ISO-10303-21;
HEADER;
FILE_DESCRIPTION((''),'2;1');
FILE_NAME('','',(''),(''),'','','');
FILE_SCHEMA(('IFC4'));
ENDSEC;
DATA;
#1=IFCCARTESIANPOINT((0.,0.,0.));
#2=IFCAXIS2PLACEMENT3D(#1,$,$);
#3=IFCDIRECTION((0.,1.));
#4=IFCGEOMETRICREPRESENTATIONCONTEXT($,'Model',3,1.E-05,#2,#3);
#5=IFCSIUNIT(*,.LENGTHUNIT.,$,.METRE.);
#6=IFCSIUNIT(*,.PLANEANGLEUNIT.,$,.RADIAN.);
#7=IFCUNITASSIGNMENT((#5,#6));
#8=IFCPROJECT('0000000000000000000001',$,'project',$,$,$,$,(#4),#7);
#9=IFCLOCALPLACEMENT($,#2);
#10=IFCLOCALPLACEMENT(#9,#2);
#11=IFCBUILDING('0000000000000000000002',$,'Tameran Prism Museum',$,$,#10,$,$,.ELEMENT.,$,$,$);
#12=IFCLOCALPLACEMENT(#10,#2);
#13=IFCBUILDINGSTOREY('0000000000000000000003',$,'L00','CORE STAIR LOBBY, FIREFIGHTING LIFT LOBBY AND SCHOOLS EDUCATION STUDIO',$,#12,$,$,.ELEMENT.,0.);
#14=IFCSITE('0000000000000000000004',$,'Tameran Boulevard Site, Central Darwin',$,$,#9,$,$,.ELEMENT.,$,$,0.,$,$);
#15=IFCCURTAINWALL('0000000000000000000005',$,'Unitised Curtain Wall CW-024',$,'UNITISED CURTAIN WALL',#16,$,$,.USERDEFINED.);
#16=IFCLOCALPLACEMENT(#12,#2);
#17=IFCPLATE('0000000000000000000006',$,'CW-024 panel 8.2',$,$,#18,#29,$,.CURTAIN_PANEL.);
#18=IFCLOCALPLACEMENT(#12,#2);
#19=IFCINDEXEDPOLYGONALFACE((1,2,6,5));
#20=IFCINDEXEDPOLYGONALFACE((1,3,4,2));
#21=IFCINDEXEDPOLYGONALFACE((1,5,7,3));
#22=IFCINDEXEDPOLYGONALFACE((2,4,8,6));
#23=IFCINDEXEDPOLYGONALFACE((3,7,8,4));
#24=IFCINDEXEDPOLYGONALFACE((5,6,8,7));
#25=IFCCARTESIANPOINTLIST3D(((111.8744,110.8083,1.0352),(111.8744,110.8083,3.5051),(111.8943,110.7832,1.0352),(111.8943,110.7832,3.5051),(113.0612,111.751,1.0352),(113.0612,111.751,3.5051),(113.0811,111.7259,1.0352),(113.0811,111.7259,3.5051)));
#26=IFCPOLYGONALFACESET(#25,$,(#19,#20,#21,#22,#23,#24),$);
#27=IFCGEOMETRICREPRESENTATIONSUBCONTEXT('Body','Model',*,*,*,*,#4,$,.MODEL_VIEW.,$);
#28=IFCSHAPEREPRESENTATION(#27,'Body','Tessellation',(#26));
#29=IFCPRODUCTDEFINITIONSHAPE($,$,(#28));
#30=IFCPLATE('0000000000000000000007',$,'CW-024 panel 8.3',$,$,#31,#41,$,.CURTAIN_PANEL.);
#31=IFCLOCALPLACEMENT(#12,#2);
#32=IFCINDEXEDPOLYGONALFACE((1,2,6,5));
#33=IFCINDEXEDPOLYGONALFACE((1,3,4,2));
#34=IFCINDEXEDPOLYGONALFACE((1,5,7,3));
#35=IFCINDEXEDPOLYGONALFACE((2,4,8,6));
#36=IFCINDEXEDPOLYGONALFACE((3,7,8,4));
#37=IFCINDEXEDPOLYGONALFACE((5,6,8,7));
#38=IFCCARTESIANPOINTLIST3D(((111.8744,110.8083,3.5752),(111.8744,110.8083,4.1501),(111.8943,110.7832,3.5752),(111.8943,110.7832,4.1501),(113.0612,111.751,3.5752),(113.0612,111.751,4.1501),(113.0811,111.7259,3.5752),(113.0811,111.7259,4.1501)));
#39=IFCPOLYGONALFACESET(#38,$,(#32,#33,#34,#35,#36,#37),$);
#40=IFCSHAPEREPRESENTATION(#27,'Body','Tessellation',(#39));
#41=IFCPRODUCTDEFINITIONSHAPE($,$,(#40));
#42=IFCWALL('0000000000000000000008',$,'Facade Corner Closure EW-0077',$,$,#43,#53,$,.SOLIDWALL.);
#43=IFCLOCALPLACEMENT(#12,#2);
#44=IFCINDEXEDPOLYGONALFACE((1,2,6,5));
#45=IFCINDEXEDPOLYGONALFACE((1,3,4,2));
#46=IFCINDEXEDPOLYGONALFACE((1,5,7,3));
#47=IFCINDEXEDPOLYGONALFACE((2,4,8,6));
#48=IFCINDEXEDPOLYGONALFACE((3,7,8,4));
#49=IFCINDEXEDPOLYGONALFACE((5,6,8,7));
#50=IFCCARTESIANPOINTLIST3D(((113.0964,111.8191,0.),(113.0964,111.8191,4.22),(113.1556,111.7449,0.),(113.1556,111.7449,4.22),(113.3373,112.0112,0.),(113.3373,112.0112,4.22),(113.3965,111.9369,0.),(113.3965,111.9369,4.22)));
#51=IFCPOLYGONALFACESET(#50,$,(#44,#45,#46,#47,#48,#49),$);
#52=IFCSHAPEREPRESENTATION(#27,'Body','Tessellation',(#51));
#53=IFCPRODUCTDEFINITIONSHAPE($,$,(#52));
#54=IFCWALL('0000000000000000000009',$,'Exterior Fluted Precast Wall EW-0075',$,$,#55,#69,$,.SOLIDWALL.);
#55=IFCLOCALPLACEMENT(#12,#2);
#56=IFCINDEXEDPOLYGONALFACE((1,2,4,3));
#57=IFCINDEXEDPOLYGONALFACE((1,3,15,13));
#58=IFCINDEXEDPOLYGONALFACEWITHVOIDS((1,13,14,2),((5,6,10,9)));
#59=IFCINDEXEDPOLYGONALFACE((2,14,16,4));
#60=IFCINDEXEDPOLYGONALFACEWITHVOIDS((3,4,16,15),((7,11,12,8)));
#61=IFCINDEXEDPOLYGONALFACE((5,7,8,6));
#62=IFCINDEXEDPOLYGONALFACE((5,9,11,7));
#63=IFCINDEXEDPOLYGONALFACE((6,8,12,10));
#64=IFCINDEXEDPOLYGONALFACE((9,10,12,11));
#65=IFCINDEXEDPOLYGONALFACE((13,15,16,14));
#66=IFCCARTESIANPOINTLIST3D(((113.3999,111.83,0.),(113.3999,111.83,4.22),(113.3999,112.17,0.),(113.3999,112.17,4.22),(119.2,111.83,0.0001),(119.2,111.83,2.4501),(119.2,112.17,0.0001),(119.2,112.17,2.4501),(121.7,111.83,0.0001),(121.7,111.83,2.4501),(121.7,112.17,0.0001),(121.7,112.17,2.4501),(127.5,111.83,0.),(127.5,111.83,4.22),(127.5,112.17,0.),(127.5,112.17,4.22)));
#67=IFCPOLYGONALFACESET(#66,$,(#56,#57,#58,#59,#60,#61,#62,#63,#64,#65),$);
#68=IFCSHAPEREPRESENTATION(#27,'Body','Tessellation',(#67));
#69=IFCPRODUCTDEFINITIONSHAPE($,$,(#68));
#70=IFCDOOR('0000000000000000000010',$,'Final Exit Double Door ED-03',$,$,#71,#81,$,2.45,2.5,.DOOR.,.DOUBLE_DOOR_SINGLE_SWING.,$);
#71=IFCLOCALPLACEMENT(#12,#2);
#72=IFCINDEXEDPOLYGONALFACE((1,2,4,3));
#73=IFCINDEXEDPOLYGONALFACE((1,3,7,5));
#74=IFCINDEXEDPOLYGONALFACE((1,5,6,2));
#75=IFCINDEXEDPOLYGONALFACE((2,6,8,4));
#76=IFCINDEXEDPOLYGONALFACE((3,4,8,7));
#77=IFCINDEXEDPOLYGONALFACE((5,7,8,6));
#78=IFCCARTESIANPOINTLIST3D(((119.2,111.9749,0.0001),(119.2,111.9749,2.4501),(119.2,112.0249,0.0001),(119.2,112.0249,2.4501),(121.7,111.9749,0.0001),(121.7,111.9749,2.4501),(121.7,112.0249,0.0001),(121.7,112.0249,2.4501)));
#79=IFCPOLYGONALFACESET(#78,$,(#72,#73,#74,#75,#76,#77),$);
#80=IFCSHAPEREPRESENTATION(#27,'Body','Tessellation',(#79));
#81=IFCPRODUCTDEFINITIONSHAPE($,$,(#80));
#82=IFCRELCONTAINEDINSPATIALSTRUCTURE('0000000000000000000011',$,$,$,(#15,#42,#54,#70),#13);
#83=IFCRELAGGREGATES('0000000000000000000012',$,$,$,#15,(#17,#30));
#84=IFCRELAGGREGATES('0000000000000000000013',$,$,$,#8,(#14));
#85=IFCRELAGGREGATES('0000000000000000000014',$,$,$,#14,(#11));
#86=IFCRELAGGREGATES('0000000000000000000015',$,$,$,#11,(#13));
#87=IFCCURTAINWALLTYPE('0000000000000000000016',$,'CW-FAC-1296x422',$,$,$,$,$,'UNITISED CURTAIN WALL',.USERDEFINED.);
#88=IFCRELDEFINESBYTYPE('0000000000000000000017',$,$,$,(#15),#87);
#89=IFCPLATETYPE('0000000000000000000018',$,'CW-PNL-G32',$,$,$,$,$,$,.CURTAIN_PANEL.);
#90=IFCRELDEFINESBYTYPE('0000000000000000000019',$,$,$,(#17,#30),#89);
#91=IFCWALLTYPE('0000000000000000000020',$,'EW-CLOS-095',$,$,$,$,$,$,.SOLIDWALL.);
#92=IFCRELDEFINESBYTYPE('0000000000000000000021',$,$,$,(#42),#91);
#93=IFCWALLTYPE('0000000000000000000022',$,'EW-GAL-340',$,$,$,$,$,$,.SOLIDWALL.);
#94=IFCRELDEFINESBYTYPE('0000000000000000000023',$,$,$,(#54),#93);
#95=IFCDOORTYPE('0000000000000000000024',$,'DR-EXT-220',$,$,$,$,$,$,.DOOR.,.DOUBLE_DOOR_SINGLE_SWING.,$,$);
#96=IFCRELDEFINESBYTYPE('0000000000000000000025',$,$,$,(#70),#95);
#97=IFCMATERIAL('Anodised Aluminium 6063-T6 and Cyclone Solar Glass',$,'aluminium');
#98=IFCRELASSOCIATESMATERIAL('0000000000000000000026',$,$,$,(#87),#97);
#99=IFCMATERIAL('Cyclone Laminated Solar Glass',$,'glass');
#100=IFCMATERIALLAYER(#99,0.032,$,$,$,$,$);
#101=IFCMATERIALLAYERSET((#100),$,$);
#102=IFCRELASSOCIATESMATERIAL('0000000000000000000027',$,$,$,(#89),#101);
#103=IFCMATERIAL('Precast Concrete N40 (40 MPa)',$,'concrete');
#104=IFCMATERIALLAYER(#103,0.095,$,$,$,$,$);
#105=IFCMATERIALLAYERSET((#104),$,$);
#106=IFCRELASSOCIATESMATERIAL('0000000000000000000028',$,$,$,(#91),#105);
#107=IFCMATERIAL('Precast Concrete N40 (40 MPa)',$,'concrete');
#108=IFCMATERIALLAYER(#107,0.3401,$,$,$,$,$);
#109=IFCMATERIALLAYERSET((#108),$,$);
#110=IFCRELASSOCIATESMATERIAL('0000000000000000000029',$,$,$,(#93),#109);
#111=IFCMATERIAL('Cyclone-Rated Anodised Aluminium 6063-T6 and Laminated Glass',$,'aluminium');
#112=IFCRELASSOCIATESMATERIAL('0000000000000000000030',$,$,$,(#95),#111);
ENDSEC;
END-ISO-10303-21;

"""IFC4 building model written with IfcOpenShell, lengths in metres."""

from ifc_helpers import new_model, si_unit, direction, frame, frame_2d, origin, origin_2d, place, context, subcontext, project, spatial, rectangle, extrude, material, layer, layer_set, type_object, element, fill, aggregate, save


model = new_model("IFC4")

# Units and contexts
model_context = context("Model", 3, precision=1e-05, world=origin(), true_north=direction((0.0, 1.0)))
body_context = subcontext(model_context, "Body", "Model", "MODEL_VIEW")
ifc_project = project(units=[si_unit("LENGTHUNIT", "METRE"), si_unit("PLANEANGLEUNIT", "RADIAN")], contexts=[model_context])

# Site, building, storey
site_placement = place(None, origin())
site = spatial("IfcSite", under=ifc_project, at=site_placement, Name="Tameran Boulevard Site, Central Darwin", CompositionType="ELEMENT", RefElevation=0.0)
building_placement = place(site_placement, origin())
building = spatial("IfcBuilding", under=site, at=building_placement, Name="Tameran Prism Museum", CompositionType="ELEMENT")
storey_placement = place(building_placement, origin())
storey = spatial("IfcBuildingStorey", under=building, at=storey_placement, Name="L00", Description="CORE STAIR LOBBY, FIREFIGHTING LIFT LOBBY AND SCHOOLS EDUCATION STUDIO", CompositionType="ELEMENT", Elevation=0.0)

# Curtain wall, plates
ifc_material_1 = material(Name="Anodised Aluminium 6063-T6 and Cyclone Solar Glass", Category="aluminium")
curtain_wall_type = type_object("IfcCurtainWallType", Name="CW-FAC-1296x422", ElementType="UNITISED CURTAIN WALL", PredefinedType="USERDEFINED", material=ifc_material_1)
curtain_wall_placement = place(storey_placement, origin())
curtain_wall = element("IfcCurtainWall", 1, at=curtain_wall_placement, inside=storey, type_object=curtain_wall_type, Name="Unitised Curtain Wall CW-024", ObjectType="UNITISED CURTAIN WALL", PredefinedType="USERDEFINED")
ifc_material_2 = material(Name="Cyclone Laminated Solar Glass", Category="glass")
ifc_layer_1 = layer(ifc_material_2, 0.032)
ifc_layer_set_1 = layer_set([ifc_layer_1])
plate_type = type_object("IfcPlateType", Name="CW-PNL-G32", PredefinedType="CURTAIN_PANEL", material=ifc_layer_set_1)
plate_1_placement = place(storey_placement, frame((112.4778, 111.2671, 1.0352), z_axis=(0.0, 0.0, 1.0), x_axis=(0.783031, 0.621982, 0.0)))
plate_1 = element("IfcPlate", 2, at=plate_1_placement, type_object=plate_type, Name="CW-024 panel 8.2", PredefinedType="CURTAIN_PANEL", context=body_context, shape_type="SweptSolid", body=[
    extrude(rectangle(XDim=1.5156, YDim=0.032, at=origin_2d()), origin(), (0.0, 0.0, 1.0), 2.47),
])
plate_2_placement = place(storey_placement, frame((112.4778, 111.2671, 3.5752), z_axis=(0.0, 0.0, 1.0), x_axis=(0.783031, 0.621982, 0.0)))
plate_2 = element("IfcPlate", 3, at=plate_2_placement, type_object=plate_type, Name="CW-024 panel 8.3", PredefinedType="CURTAIN_PANEL", context=body_context, shape_type="SweptSolid", body=[
    extrude(rectangle(XDim=1.5156, YDim=0.032, at=origin_2d()), origin(), (0.0, 0.0, 1.0), 0.575),
])
aggregate(curtain_wall, [plate_1, plate_2])

# Wall
ifc_material_3 = material(Name="Precast Concrete N40 (40 MPa)", Category="concrete")
ifc_layer_2 = layer(ifc_material_3, 0.095)
ifc_layer_set_2 = layer_set([ifc_layer_2])
wall_type_1 = type_object("IfcWallType", Name="EW-CLOS-095", PredefinedType="SOLIDWALL", material=ifc_layer_set_2)
wall_1_placement = place(storey_placement, frame((113.126, 111.782, 0.0), z_axis=(0.0, 0.0, 1.0), x_axis=(0.781873, 0.623438, 0.0)))
element("IfcWall", 4, at=wall_1_placement, inside=storey, type_object=wall_type_1, Name="Facade Corner Closure EW-0077", PredefinedType="SOLIDWALL", context=body_context, shape_type="SweptSolid", body=[
    extrude(rectangle(XDim=0.3081, YDim=0.095, at=frame_2d((0.1541, 0.0))), origin(), (0.0, 0.0, 1.0), 4.22),
])

# Wall, opening, door
ifc_material_4 = material(Name="Precast Concrete N40 (40 MPa)", Category="concrete")
ifc_layer_3 = layer(ifc_material_4, 0.3401)
ifc_layer_set_3 = layer_set([ifc_layer_3])
wall_type_2 = type_object("IfcWallType", Name="EW-GAL-340", PredefinedType="SOLIDWALL", material=ifc_layer_set_3)
wall_2_placement = place(storey_placement, frame((113.3999, 112.0, 0.0), z_axis=(0.0, 0.0, 1.0), x_axis=(1.0, 0.0, 0.0)))
wall_2 = element("IfcWall", 5, at=wall_2_placement, inside=storey, type_object=wall_type_2, Name="Exterior Fluted Precast Wall EW-0075", PredefinedType="SOLIDWALL", context=body_context, shape_type="SweptSolid", body=[
    extrude(rectangle(XDim=14.1001, YDim=0.3401, at=frame_2d((7.05, 0.0))), origin(), (0.0, 0.0, 1.0), 4.22),
])
opening_placement = place(wall_2_placement, frame((5.8, 0.0, 0.0)))
opening = element("IfcOpeningElement", 6, at=opening_placement, cuts=wall_2, PredefinedType="OPENING", context=body_context, shape_type="SweptSolid", body=[
    extrude(rectangle(XDim=2.5, YDim=2.45, at=frame_2d((1.25, 1.2251))), frame((0.0, 0.1799, 0.0), z_axis=(0.0, -1.0, 0.0), x_axis=(1.0, 0.0, 0.0)), (0.0, 0.0, 1.0), 0.3601),
])
ifc_material_5 = material(Name="Cyclone-Rated Anodised Aluminium 6063-T6 and Laminated Glass", Category="aluminium")
door_type = type_object("IfcDoorType", Name="DR-EXT-220", OperationType="DOUBLE_DOOR_SINGLE_SWING", PredefinedType="DOOR", material=ifc_material_5)
door_placement = place(opening_placement, origin())
door = element("IfcDoor", 7, at=door_placement, inside=storey, type_object=door_type, Name="Final Exit Double Door ED-03", OperationType="DOUBLE_DOOR_SINGLE_SWING", OverallHeight=2.45, OverallWidth=2.5, PredefinedType="DOOR", context=body_context, shape_type="SweptSolid", body=[
    extrude(rectangle(XDim=2.5, YDim=2.45, at=frame_2d((1.25, 1.2251))), frame((0.0, 0.0249, 0.0), z_axis=(0.0, -1.0, 0.0), x_axis=(1.0, 0.0, 0.0)), (0.0, 0.0, 1.0), 0.05),
])
fill(opening, door)

save(model, "model.ifc")
